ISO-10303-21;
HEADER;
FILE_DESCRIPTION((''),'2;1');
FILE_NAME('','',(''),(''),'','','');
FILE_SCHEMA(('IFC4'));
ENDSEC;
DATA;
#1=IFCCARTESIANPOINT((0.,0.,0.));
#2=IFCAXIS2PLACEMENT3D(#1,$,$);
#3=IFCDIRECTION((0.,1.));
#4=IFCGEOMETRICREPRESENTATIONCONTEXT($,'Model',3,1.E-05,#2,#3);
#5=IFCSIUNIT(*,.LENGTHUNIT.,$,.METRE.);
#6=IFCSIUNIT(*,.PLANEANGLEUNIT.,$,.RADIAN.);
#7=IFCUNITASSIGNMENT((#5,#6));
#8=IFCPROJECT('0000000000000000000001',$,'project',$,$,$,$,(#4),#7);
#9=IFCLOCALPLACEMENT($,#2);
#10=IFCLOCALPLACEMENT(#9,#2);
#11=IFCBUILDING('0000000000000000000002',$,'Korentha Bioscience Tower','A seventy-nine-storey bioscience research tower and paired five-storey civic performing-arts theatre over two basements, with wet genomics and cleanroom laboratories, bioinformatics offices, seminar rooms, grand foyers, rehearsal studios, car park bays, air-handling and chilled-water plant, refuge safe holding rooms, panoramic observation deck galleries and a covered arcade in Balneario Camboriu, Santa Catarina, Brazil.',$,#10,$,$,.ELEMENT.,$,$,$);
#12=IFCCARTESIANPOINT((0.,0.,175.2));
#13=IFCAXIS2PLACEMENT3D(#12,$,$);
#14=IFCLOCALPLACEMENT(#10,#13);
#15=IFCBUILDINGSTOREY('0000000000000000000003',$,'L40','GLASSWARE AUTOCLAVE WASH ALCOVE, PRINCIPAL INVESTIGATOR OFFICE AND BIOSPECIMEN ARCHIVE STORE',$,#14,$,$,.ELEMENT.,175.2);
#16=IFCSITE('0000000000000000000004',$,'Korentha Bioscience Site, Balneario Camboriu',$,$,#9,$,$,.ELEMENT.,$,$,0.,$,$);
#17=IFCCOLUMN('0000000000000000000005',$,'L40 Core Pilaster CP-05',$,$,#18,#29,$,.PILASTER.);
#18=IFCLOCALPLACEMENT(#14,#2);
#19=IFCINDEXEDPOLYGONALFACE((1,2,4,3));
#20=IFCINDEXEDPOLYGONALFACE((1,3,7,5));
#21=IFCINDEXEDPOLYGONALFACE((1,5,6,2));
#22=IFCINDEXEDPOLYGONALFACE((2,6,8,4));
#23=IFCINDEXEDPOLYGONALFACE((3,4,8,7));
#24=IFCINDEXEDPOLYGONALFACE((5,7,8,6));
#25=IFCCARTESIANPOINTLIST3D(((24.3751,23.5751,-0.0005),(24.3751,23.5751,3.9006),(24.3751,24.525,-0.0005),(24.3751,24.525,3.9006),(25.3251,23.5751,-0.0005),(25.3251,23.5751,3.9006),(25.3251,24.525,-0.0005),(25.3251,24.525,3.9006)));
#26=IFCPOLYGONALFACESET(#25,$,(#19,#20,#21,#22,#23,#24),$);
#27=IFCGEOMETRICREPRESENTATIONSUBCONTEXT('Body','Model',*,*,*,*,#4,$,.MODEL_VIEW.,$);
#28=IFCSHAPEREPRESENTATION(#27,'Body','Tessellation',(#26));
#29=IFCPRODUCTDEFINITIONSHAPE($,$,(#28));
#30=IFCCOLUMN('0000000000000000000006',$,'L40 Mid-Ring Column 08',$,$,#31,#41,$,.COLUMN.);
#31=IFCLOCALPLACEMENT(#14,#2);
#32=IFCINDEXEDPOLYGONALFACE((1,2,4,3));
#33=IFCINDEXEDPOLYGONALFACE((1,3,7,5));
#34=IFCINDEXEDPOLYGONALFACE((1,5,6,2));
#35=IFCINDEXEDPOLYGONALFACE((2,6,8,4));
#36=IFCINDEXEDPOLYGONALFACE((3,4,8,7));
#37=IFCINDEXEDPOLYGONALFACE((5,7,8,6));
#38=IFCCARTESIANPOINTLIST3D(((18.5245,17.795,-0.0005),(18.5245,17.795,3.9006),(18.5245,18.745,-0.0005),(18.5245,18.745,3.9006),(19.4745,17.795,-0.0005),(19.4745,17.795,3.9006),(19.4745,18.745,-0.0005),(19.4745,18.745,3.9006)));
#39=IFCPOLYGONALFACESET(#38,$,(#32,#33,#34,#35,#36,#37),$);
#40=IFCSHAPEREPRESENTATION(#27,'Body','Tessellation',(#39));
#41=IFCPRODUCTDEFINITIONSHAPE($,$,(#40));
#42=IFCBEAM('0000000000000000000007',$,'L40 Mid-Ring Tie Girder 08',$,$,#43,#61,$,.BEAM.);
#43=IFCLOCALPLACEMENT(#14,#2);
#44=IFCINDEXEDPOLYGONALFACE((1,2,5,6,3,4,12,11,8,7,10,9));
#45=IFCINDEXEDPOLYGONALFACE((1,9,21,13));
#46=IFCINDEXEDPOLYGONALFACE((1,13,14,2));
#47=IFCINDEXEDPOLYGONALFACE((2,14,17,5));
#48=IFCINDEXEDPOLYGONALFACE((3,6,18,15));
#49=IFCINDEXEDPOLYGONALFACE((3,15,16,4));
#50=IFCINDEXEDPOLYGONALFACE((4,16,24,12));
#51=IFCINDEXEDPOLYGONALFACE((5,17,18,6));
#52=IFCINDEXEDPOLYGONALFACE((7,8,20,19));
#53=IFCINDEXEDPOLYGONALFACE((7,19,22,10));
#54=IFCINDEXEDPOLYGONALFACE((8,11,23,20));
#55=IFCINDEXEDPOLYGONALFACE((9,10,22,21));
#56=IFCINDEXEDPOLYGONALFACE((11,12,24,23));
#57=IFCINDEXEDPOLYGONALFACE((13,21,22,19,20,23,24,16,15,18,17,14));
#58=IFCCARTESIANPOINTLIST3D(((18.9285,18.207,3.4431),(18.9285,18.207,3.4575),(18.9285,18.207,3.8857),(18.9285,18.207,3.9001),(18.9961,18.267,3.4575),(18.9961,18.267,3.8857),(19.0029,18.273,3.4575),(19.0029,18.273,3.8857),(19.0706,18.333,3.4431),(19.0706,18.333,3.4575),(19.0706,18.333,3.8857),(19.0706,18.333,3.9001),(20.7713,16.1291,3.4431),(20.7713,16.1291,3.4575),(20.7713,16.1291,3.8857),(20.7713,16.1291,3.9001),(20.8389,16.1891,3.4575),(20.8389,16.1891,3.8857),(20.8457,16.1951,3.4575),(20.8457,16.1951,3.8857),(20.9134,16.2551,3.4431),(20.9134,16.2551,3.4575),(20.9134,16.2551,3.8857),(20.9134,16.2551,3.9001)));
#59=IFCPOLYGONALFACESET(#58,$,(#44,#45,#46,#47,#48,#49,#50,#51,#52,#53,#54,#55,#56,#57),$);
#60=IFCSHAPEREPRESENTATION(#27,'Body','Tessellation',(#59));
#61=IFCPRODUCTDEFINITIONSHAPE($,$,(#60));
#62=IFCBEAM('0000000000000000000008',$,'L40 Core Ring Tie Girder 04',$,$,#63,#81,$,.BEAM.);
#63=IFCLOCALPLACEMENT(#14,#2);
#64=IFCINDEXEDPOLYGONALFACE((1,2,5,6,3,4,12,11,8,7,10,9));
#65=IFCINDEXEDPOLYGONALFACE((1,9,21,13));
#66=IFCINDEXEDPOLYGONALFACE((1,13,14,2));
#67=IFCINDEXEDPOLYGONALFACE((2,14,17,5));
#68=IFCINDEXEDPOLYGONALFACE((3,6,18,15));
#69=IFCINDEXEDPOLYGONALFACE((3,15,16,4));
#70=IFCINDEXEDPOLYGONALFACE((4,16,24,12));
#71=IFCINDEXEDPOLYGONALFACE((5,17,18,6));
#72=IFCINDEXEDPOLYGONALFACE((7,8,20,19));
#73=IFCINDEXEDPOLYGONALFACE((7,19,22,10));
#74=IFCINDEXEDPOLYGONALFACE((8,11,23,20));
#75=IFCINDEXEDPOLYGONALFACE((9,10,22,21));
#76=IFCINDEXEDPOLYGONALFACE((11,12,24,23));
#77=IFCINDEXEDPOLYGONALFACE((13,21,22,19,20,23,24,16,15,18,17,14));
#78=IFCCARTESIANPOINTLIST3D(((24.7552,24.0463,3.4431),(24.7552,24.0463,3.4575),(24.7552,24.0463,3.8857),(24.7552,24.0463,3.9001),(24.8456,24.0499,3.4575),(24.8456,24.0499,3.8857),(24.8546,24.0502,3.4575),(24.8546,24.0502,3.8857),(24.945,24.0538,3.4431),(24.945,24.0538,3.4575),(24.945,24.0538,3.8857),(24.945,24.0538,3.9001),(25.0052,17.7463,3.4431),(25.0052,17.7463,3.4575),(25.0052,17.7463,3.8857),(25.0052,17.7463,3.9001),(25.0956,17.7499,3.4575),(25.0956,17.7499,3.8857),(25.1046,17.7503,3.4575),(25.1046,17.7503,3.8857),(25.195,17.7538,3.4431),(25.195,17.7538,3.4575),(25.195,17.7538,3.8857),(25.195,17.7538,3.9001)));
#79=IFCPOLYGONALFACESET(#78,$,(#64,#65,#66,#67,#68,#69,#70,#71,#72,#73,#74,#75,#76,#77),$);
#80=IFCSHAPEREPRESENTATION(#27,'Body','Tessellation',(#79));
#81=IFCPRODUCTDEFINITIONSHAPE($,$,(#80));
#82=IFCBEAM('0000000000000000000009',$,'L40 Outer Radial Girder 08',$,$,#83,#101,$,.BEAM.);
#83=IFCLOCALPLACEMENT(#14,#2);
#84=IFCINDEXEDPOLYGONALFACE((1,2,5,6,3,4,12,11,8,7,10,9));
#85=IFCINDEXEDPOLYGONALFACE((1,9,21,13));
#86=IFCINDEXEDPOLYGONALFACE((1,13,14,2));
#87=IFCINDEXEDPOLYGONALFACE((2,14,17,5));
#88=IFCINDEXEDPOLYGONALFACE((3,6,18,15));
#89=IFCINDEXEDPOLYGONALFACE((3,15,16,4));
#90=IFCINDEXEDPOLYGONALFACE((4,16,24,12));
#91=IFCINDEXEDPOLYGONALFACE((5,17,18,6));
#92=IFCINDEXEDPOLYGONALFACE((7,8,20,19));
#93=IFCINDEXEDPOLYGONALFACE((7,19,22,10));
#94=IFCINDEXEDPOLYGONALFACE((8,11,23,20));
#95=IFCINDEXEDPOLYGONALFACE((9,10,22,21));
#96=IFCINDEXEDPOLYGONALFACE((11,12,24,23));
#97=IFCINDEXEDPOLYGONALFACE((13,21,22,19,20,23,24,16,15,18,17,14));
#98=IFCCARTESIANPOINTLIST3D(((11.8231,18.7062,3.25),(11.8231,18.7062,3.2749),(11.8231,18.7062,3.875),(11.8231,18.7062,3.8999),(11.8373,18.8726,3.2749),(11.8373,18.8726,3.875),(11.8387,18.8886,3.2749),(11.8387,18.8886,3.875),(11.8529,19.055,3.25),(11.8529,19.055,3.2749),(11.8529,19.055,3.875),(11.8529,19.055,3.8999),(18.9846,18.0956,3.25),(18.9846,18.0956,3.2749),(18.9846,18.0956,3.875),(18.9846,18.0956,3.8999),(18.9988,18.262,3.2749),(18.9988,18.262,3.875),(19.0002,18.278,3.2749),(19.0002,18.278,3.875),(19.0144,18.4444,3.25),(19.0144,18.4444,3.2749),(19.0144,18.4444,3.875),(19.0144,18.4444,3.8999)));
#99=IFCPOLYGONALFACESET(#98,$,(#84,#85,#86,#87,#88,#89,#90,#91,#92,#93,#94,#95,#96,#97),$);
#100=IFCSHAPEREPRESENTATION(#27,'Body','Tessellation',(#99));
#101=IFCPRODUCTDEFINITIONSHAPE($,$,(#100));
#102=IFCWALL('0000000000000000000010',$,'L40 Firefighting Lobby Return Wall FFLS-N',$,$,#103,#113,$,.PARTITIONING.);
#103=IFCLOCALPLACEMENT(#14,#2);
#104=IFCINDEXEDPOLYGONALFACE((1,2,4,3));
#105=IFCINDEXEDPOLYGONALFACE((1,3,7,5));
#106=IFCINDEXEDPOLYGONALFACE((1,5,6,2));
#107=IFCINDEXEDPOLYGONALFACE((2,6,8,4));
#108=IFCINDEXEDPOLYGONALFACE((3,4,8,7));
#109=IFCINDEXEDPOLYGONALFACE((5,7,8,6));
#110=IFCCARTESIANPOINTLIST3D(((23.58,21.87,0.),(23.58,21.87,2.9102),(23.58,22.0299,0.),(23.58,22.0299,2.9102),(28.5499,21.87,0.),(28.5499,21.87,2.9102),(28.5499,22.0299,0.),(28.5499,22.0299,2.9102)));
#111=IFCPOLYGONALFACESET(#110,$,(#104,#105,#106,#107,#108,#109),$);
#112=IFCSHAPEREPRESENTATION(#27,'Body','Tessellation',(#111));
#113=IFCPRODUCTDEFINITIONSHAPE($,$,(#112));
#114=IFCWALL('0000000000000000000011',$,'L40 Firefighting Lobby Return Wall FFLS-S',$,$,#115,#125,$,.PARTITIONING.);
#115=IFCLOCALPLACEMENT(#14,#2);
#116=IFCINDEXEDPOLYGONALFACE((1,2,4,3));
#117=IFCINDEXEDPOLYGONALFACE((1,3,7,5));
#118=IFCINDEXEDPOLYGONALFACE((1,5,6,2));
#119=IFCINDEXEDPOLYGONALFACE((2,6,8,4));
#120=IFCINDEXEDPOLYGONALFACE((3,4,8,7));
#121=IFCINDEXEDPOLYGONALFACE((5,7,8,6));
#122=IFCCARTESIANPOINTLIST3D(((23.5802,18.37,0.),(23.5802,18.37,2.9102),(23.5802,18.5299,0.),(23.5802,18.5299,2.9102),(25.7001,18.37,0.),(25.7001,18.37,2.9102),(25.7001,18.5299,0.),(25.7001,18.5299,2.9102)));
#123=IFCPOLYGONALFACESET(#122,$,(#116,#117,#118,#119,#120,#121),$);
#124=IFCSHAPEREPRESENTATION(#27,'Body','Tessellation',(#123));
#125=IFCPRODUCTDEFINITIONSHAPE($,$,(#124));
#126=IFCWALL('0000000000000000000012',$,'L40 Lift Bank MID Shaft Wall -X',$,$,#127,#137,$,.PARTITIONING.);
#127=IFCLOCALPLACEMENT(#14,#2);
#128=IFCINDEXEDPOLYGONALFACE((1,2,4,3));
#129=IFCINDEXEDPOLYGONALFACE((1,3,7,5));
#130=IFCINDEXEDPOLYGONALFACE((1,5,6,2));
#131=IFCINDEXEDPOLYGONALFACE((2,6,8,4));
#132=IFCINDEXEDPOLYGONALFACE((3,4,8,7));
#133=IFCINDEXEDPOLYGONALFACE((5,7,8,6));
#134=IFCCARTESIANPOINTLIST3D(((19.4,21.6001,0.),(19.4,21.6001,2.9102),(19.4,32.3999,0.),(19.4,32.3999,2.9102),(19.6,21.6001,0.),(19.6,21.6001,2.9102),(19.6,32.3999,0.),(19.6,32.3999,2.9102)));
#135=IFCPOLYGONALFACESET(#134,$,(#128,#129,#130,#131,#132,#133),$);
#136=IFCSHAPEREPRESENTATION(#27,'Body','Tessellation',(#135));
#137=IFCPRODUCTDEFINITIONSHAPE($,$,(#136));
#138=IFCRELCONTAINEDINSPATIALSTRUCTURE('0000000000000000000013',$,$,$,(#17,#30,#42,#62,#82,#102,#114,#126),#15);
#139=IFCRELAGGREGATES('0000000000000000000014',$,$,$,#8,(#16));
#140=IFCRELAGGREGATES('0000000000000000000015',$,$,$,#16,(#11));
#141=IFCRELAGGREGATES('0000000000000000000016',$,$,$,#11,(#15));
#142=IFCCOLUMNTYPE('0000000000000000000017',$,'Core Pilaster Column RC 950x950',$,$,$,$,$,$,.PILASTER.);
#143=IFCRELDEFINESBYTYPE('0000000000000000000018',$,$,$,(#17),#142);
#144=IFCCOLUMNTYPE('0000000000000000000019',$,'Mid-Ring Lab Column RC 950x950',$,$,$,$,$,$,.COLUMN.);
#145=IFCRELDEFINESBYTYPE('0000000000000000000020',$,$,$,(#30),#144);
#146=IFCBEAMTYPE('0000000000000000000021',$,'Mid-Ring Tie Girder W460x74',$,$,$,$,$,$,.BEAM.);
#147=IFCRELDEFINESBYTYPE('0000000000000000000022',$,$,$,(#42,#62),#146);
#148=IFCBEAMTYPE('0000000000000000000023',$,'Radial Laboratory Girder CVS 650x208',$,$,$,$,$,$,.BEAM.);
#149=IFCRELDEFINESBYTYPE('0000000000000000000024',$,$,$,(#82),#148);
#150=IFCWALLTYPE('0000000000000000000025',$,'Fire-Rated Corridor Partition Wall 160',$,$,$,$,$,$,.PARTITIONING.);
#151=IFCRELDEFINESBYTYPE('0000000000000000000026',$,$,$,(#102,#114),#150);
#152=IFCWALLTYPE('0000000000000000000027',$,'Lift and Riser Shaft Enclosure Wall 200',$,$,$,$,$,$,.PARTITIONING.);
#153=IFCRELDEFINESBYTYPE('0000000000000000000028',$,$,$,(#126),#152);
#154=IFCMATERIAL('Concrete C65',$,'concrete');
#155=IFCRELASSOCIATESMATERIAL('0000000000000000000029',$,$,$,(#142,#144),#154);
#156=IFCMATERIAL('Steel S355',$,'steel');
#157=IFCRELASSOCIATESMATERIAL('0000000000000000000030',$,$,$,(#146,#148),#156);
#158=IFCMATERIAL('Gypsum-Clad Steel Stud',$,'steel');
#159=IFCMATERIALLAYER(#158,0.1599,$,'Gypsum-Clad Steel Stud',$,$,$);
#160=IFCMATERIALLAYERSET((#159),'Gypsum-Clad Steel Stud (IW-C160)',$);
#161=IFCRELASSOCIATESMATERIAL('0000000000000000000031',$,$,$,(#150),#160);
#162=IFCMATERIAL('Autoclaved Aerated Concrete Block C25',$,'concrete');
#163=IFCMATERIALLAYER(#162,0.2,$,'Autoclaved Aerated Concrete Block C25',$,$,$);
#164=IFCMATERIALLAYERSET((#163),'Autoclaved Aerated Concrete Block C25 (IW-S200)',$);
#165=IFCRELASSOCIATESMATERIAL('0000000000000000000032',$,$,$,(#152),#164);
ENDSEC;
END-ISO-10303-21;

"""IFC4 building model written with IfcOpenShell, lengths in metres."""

from ifc_helpers import new_model, si_unit, direction, frame, frame_2d, origin, origin_2d, place, context, subcontext, project, spatial, rectangle, i_section, extrude, material, layer, layer_set, material_profile, profile_set, type_object, element, save


model = new_model("IFC4")

# Units and contexts
model_context = context("Model", 3, precision=1e-05, world=origin(), true_north=direction((0.0, 1.0)))
body_context = subcontext(model_context, "Body", "Model", "MODEL_VIEW")
ifc_project = project(units=[si_unit("LENGTHUNIT", "METRE"), si_unit("PLANEANGLEUNIT", "RADIAN")], contexts=[model_context])

# Site, building, storey
site_placement = place(None, origin())
site = spatial("IfcSite", under=ifc_project, at=site_placement, Name="Korentha Bioscience Site, Balneario Camboriu", CompositionType="ELEMENT", RefElevation=0.0)
building_placement = place(site_placement, origin())
building = spatial("IfcBuilding", under=site, at=building_placement, Name="Korentha Bioscience Tower", Description="A seventy-nine-storey bioscience research tower and paired five-storey civic performing-arts theatre over two basements, with wet genomics and cleanroom laboratories, bioinformatics offices, seminar rooms, grand foyers, rehearsal studios, car park bays, air-handling and chilled-water plant, refuge safe holding rooms, panoramic observation deck galleries and a covered arcade in Balneario Camboriu, Santa Catarina, Brazil.", CompositionType="ELEMENT")
storey_placement = place(building_placement, frame((0.0, 0.0, 175.2)))
storey = spatial("IfcBuildingStorey", under=building, at=storey_placement, Name="L40", Description="GLASSWARE AUTOCLAVE WASH ALCOVE, PRINCIPAL INVESTIGATOR OFFICE AND BIOSPECIMEN ARCHIVE STORE", CompositionType="ELEMENT", Elevation=175.2)

# Columns
ifc_material_1 = material(Name="Concrete C65", Category="concrete")
ifc_material_profile_1 = material_profile(ifc_material_1, rectangle(XDim=0.95, YDim=0.95, at=origin_2d()), Name="Concrete C65")
ifc_profile_set_1 = profile_set([ifc_material_profile_1], Name="Concrete C65 (COL-CP09)")
column_type_1 = type_object("IfcColumnType", Name="Core Pilaster Column RC 950x950", PredefinedType="PILASTER", material=ifc_profile_set_1)
column_1_placement = place(storey_placement, frame((24.8501, 24.05, -0.0005), z_axis=(0.0, 0.0, 1.0), x_axis=(1.0, 0.0, 0.0)))
element("IfcColumn", 1, at=column_1_placement, inside=storey, type_object=column_type_1, Name="L40 Core Pilaster CP-05", PredefinedType="PILASTER", context=body_context, shape_type="SweptSolid", body=[
    extrude(rectangle(XDim=0.95, YDim=0.95, at=origin_2d()), origin(), (0.0, 0.0, 1.0), 3.9011),
])
ifc_material_profile_2 = material_profile(ifc_material_1, rectangle(XDim=0.95, YDim=0.95, at=origin_2d()), Name="Concrete C65")
ifc_profile_set_2 = profile_set([ifc_material_profile_2], Name="Concrete C65 (COL-MR09)")
column_type_2 = type_object("IfcColumnType", Name="Mid-Ring Lab Column RC 950x950", PredefinedType="COLUMN", material=ifc_profile_set_2)
column_2_placement = place(storey_placement, frame((18.9995, 18.27, -0.0005), z_axis=(0.0, 0.0, 1.0), x_axis=(1.0, 0.0, 0.0)))
element("IfcColumn", 2, at=column_2_placement, inside=storey, type_object=column_type_2, Name="L40 Mid-Ring Column 08", PredefinedType="COLUMN", context=body_context, shape_type="SweptSolid", body=[
    extrude(rectangle(XDim=0.95, YDim=0.95, at=origin_2d()), origin(), (0.0, 0.0, 1.0), 3.9011),
])

# Beams
ifc_material_2 = material(Name="Steel S355", Category="steel")
ifc_material_profile_3 = material_profile(ifc_material_2, i_section(OverallWidth=0.1899, OverallDepth=0.457, WebThickness=0.009, FlangeThickness=0.0144, at=origin_2d()), Name="Steel S355")
ifc_profile_set_3 = profile_set([ifc_material_profile_3], Name="Steel S355 (MB-460)")
beam_type_1 = type_object("IfcBeamType", Name="Mid-Ring Tie Girder W460x74", PredefinedType="BEAM", material=ifc_profile_set_3)
beam_1_placement = place(storey_placement, frame((18.9995, 18.27, 3.6716), z_axis=(0.663512, -0.748165, 0.0), x_axis=(0.748165, 0.663512, 0.0)))
element("IfcBeam", 3, at=beam_1_placement, inside=storey, type_object=beam_type_1, Name="L40 Mid-Ring Tie Girder 08", PredefinedType="BEAM", context=body_context, shape_type="SweptSolid", body=[
    extrude(i_section(OverallWidth=0.1899, OverallDepth=0.457, WebThickness=0.009, FlangeThickness=0.0144, at=origin_2d()), origin(), (0.0, 0.0, 1.0), 2.7773),
])
beam_2_placement = place(storey_placement, frame((24.8501, 24.05, 3.6716), z_axis=(0.039651, -0.999214, 0.0), x_axis=(0.999214, 0.039651, 0.0)))
element("IfcBeam", 4, at=beam_2_placement, inside=storey, type_object=beam_type_1, Name="L40 Core Ring Tie Girder 04", PredefinedType="BEAM", context=body_context, shape_type="SweptSolid", body=[
    extrude(i_section(OverallWidth=0.1899, OverallDepth=0.457, WebThickness=0.009, FlangeThickness=0.0144, at=origin_2d()), origin(), (0.0, 0.0, 1.0), 6.3049),
])
ifc_material_profile_4 = material_profile(ifc_material_2, i_section(OverallWidth=0.3501, OverallDepth=0.6499, WebThickness=0.0161, FlangeThickness=0.0249, at=origin_2d()), Name="Steel S355")
ifc_profile_set_4 = profile_set([ifc_material_profile_4], Name="Steel S355 (RB-650)")
beam_type_2 = type_object("IfcBeamType", Name="Radial Laboratory Girder CVS 650x208", PredefinedType="BEAM", material=ifc_profile_set_4)
beam_3_placement = place(storey_placement, frame((18.9995, 18.27, 3.575), z_axis=(-0.996385, 0.084951, 0.0), x_axis=(-0.084951, -0.996385, 0.0)))
element("IfcBeam", 5, at=beam_3_placement, inside=storey, type_object=beam_type_2, Name="L40 Outer Radial Girder 08", PredefinedType="BEAM", context=body_context, shape_type="SweptSolid", body=[
    extrude(i_section(OverallWidth=0.3501, OverallDepth=0.6499, WebThickness=0.0161, FlangeThickness=0.0249, at=origin_2d()), origin(), (0.0, 0.0, 1.0), 7.1875),
])

# Shared definitions
ifc_material_3 = material(Name="Gypsum-Clad Steel Stud", Category="steel")
ifc_layer_1 = layer(ifc_material_3, 0.1599, Name="Gypsum-Clad Steel Stud")
ifc_layer_set_1 = layer_set([ifc_layer_1], Name="Gypsum-Clad Steel Stud (IW-C160)")
wall_type_1 = type_object("IfcWallType", Name="Fire-Rated Corridor Partition Wall 160", PredefinedType="PARTITIONING", material=ifc_layer_set_1)

# Walls
wall_1_placement = place(storey_placement, frame((23.5801, 21.95, 0.0), z_axis=(0.0, 0.0, 1.0), x_axis=(1.0, 0.0, 0.0)))
element("IfcWall", 6, at=wall_1_placement, inside=storey, type_object=wall_type_1, Name="L40 Firefighting Lobby Return Wall FFLS-N", PredefinedType="PARTITIONING", context=body_context, shape_type="SweptSolid", body=[
    extrude(rectangle(XDim=4.97, YDim=0.1599, at=frame_2d((2.4849, 0.0))), origin(), (0.0, 0.0, 1.0), 2.9102),
])
wall_2_placement = place(storey_placement, frame((23.5801, 18.45, 0.0), z_axis=(0.0, 0.0, 1.0), x_axis=(1.0, 0.0, 0.0)))
element("IfcWall", 7, at=wall_2_placement, inside=storey, type_object=wall_type_1, Name="L40 Firefighting Lobby Return Wall FFLS-S", PredefinedType="PARTITIONING", context=body_context, shape_type="SweptSolid", body=[
    extrude(rectangle(XDim=2.1199, YDim=0.1599, at=frame_2d((1.0601, 0.0))), origin(), (0.0, 0.0, 1.0), 2.9102),
])
ifc_material_4 = material(Name="Autoclaved Aerated Concrete Block C25", Category="concrete")
ifc_layer_2 = layer(ifc_material_4, 0.2, Name="Autoclaved Aerated Concrete Block C25")
ifc_layer_set_2 = layer_set([ifc_layer_2], Name="Autoclaved Aerated Concrete Block C25 (IW-S200)")
wall_type_2 = type_object("IfcWallType", Name="Lift and Riser Shaft Enclosure Wall 200", PredefinedType="PARTITIONING", material=ifc_layer_set_2)
wall_3_placement = place(storey_placement, frame((19.5, 21.6001, 0.0), z_axis=(0.0, 0.0, 1.0), x_axis=(0.0, 1.0, 0.0)))
element("IfcWall", 8, at=wall_3_placement, inside=storey, type_object=wall_type_2, Name="L40 Lift Bank MID Shaft Wall -X", PredefinedType="PARTITIONING", context=body_context, shape_type="SweptSolid", body=[
    extrude(rectangle(XDim=10.7998, YDim=0.2, at=frame_2d((5.3999, 0.0))), origin(), (0.0, 0.0, 1.0), 2.9102),
])

save(model, "model.ifc")
